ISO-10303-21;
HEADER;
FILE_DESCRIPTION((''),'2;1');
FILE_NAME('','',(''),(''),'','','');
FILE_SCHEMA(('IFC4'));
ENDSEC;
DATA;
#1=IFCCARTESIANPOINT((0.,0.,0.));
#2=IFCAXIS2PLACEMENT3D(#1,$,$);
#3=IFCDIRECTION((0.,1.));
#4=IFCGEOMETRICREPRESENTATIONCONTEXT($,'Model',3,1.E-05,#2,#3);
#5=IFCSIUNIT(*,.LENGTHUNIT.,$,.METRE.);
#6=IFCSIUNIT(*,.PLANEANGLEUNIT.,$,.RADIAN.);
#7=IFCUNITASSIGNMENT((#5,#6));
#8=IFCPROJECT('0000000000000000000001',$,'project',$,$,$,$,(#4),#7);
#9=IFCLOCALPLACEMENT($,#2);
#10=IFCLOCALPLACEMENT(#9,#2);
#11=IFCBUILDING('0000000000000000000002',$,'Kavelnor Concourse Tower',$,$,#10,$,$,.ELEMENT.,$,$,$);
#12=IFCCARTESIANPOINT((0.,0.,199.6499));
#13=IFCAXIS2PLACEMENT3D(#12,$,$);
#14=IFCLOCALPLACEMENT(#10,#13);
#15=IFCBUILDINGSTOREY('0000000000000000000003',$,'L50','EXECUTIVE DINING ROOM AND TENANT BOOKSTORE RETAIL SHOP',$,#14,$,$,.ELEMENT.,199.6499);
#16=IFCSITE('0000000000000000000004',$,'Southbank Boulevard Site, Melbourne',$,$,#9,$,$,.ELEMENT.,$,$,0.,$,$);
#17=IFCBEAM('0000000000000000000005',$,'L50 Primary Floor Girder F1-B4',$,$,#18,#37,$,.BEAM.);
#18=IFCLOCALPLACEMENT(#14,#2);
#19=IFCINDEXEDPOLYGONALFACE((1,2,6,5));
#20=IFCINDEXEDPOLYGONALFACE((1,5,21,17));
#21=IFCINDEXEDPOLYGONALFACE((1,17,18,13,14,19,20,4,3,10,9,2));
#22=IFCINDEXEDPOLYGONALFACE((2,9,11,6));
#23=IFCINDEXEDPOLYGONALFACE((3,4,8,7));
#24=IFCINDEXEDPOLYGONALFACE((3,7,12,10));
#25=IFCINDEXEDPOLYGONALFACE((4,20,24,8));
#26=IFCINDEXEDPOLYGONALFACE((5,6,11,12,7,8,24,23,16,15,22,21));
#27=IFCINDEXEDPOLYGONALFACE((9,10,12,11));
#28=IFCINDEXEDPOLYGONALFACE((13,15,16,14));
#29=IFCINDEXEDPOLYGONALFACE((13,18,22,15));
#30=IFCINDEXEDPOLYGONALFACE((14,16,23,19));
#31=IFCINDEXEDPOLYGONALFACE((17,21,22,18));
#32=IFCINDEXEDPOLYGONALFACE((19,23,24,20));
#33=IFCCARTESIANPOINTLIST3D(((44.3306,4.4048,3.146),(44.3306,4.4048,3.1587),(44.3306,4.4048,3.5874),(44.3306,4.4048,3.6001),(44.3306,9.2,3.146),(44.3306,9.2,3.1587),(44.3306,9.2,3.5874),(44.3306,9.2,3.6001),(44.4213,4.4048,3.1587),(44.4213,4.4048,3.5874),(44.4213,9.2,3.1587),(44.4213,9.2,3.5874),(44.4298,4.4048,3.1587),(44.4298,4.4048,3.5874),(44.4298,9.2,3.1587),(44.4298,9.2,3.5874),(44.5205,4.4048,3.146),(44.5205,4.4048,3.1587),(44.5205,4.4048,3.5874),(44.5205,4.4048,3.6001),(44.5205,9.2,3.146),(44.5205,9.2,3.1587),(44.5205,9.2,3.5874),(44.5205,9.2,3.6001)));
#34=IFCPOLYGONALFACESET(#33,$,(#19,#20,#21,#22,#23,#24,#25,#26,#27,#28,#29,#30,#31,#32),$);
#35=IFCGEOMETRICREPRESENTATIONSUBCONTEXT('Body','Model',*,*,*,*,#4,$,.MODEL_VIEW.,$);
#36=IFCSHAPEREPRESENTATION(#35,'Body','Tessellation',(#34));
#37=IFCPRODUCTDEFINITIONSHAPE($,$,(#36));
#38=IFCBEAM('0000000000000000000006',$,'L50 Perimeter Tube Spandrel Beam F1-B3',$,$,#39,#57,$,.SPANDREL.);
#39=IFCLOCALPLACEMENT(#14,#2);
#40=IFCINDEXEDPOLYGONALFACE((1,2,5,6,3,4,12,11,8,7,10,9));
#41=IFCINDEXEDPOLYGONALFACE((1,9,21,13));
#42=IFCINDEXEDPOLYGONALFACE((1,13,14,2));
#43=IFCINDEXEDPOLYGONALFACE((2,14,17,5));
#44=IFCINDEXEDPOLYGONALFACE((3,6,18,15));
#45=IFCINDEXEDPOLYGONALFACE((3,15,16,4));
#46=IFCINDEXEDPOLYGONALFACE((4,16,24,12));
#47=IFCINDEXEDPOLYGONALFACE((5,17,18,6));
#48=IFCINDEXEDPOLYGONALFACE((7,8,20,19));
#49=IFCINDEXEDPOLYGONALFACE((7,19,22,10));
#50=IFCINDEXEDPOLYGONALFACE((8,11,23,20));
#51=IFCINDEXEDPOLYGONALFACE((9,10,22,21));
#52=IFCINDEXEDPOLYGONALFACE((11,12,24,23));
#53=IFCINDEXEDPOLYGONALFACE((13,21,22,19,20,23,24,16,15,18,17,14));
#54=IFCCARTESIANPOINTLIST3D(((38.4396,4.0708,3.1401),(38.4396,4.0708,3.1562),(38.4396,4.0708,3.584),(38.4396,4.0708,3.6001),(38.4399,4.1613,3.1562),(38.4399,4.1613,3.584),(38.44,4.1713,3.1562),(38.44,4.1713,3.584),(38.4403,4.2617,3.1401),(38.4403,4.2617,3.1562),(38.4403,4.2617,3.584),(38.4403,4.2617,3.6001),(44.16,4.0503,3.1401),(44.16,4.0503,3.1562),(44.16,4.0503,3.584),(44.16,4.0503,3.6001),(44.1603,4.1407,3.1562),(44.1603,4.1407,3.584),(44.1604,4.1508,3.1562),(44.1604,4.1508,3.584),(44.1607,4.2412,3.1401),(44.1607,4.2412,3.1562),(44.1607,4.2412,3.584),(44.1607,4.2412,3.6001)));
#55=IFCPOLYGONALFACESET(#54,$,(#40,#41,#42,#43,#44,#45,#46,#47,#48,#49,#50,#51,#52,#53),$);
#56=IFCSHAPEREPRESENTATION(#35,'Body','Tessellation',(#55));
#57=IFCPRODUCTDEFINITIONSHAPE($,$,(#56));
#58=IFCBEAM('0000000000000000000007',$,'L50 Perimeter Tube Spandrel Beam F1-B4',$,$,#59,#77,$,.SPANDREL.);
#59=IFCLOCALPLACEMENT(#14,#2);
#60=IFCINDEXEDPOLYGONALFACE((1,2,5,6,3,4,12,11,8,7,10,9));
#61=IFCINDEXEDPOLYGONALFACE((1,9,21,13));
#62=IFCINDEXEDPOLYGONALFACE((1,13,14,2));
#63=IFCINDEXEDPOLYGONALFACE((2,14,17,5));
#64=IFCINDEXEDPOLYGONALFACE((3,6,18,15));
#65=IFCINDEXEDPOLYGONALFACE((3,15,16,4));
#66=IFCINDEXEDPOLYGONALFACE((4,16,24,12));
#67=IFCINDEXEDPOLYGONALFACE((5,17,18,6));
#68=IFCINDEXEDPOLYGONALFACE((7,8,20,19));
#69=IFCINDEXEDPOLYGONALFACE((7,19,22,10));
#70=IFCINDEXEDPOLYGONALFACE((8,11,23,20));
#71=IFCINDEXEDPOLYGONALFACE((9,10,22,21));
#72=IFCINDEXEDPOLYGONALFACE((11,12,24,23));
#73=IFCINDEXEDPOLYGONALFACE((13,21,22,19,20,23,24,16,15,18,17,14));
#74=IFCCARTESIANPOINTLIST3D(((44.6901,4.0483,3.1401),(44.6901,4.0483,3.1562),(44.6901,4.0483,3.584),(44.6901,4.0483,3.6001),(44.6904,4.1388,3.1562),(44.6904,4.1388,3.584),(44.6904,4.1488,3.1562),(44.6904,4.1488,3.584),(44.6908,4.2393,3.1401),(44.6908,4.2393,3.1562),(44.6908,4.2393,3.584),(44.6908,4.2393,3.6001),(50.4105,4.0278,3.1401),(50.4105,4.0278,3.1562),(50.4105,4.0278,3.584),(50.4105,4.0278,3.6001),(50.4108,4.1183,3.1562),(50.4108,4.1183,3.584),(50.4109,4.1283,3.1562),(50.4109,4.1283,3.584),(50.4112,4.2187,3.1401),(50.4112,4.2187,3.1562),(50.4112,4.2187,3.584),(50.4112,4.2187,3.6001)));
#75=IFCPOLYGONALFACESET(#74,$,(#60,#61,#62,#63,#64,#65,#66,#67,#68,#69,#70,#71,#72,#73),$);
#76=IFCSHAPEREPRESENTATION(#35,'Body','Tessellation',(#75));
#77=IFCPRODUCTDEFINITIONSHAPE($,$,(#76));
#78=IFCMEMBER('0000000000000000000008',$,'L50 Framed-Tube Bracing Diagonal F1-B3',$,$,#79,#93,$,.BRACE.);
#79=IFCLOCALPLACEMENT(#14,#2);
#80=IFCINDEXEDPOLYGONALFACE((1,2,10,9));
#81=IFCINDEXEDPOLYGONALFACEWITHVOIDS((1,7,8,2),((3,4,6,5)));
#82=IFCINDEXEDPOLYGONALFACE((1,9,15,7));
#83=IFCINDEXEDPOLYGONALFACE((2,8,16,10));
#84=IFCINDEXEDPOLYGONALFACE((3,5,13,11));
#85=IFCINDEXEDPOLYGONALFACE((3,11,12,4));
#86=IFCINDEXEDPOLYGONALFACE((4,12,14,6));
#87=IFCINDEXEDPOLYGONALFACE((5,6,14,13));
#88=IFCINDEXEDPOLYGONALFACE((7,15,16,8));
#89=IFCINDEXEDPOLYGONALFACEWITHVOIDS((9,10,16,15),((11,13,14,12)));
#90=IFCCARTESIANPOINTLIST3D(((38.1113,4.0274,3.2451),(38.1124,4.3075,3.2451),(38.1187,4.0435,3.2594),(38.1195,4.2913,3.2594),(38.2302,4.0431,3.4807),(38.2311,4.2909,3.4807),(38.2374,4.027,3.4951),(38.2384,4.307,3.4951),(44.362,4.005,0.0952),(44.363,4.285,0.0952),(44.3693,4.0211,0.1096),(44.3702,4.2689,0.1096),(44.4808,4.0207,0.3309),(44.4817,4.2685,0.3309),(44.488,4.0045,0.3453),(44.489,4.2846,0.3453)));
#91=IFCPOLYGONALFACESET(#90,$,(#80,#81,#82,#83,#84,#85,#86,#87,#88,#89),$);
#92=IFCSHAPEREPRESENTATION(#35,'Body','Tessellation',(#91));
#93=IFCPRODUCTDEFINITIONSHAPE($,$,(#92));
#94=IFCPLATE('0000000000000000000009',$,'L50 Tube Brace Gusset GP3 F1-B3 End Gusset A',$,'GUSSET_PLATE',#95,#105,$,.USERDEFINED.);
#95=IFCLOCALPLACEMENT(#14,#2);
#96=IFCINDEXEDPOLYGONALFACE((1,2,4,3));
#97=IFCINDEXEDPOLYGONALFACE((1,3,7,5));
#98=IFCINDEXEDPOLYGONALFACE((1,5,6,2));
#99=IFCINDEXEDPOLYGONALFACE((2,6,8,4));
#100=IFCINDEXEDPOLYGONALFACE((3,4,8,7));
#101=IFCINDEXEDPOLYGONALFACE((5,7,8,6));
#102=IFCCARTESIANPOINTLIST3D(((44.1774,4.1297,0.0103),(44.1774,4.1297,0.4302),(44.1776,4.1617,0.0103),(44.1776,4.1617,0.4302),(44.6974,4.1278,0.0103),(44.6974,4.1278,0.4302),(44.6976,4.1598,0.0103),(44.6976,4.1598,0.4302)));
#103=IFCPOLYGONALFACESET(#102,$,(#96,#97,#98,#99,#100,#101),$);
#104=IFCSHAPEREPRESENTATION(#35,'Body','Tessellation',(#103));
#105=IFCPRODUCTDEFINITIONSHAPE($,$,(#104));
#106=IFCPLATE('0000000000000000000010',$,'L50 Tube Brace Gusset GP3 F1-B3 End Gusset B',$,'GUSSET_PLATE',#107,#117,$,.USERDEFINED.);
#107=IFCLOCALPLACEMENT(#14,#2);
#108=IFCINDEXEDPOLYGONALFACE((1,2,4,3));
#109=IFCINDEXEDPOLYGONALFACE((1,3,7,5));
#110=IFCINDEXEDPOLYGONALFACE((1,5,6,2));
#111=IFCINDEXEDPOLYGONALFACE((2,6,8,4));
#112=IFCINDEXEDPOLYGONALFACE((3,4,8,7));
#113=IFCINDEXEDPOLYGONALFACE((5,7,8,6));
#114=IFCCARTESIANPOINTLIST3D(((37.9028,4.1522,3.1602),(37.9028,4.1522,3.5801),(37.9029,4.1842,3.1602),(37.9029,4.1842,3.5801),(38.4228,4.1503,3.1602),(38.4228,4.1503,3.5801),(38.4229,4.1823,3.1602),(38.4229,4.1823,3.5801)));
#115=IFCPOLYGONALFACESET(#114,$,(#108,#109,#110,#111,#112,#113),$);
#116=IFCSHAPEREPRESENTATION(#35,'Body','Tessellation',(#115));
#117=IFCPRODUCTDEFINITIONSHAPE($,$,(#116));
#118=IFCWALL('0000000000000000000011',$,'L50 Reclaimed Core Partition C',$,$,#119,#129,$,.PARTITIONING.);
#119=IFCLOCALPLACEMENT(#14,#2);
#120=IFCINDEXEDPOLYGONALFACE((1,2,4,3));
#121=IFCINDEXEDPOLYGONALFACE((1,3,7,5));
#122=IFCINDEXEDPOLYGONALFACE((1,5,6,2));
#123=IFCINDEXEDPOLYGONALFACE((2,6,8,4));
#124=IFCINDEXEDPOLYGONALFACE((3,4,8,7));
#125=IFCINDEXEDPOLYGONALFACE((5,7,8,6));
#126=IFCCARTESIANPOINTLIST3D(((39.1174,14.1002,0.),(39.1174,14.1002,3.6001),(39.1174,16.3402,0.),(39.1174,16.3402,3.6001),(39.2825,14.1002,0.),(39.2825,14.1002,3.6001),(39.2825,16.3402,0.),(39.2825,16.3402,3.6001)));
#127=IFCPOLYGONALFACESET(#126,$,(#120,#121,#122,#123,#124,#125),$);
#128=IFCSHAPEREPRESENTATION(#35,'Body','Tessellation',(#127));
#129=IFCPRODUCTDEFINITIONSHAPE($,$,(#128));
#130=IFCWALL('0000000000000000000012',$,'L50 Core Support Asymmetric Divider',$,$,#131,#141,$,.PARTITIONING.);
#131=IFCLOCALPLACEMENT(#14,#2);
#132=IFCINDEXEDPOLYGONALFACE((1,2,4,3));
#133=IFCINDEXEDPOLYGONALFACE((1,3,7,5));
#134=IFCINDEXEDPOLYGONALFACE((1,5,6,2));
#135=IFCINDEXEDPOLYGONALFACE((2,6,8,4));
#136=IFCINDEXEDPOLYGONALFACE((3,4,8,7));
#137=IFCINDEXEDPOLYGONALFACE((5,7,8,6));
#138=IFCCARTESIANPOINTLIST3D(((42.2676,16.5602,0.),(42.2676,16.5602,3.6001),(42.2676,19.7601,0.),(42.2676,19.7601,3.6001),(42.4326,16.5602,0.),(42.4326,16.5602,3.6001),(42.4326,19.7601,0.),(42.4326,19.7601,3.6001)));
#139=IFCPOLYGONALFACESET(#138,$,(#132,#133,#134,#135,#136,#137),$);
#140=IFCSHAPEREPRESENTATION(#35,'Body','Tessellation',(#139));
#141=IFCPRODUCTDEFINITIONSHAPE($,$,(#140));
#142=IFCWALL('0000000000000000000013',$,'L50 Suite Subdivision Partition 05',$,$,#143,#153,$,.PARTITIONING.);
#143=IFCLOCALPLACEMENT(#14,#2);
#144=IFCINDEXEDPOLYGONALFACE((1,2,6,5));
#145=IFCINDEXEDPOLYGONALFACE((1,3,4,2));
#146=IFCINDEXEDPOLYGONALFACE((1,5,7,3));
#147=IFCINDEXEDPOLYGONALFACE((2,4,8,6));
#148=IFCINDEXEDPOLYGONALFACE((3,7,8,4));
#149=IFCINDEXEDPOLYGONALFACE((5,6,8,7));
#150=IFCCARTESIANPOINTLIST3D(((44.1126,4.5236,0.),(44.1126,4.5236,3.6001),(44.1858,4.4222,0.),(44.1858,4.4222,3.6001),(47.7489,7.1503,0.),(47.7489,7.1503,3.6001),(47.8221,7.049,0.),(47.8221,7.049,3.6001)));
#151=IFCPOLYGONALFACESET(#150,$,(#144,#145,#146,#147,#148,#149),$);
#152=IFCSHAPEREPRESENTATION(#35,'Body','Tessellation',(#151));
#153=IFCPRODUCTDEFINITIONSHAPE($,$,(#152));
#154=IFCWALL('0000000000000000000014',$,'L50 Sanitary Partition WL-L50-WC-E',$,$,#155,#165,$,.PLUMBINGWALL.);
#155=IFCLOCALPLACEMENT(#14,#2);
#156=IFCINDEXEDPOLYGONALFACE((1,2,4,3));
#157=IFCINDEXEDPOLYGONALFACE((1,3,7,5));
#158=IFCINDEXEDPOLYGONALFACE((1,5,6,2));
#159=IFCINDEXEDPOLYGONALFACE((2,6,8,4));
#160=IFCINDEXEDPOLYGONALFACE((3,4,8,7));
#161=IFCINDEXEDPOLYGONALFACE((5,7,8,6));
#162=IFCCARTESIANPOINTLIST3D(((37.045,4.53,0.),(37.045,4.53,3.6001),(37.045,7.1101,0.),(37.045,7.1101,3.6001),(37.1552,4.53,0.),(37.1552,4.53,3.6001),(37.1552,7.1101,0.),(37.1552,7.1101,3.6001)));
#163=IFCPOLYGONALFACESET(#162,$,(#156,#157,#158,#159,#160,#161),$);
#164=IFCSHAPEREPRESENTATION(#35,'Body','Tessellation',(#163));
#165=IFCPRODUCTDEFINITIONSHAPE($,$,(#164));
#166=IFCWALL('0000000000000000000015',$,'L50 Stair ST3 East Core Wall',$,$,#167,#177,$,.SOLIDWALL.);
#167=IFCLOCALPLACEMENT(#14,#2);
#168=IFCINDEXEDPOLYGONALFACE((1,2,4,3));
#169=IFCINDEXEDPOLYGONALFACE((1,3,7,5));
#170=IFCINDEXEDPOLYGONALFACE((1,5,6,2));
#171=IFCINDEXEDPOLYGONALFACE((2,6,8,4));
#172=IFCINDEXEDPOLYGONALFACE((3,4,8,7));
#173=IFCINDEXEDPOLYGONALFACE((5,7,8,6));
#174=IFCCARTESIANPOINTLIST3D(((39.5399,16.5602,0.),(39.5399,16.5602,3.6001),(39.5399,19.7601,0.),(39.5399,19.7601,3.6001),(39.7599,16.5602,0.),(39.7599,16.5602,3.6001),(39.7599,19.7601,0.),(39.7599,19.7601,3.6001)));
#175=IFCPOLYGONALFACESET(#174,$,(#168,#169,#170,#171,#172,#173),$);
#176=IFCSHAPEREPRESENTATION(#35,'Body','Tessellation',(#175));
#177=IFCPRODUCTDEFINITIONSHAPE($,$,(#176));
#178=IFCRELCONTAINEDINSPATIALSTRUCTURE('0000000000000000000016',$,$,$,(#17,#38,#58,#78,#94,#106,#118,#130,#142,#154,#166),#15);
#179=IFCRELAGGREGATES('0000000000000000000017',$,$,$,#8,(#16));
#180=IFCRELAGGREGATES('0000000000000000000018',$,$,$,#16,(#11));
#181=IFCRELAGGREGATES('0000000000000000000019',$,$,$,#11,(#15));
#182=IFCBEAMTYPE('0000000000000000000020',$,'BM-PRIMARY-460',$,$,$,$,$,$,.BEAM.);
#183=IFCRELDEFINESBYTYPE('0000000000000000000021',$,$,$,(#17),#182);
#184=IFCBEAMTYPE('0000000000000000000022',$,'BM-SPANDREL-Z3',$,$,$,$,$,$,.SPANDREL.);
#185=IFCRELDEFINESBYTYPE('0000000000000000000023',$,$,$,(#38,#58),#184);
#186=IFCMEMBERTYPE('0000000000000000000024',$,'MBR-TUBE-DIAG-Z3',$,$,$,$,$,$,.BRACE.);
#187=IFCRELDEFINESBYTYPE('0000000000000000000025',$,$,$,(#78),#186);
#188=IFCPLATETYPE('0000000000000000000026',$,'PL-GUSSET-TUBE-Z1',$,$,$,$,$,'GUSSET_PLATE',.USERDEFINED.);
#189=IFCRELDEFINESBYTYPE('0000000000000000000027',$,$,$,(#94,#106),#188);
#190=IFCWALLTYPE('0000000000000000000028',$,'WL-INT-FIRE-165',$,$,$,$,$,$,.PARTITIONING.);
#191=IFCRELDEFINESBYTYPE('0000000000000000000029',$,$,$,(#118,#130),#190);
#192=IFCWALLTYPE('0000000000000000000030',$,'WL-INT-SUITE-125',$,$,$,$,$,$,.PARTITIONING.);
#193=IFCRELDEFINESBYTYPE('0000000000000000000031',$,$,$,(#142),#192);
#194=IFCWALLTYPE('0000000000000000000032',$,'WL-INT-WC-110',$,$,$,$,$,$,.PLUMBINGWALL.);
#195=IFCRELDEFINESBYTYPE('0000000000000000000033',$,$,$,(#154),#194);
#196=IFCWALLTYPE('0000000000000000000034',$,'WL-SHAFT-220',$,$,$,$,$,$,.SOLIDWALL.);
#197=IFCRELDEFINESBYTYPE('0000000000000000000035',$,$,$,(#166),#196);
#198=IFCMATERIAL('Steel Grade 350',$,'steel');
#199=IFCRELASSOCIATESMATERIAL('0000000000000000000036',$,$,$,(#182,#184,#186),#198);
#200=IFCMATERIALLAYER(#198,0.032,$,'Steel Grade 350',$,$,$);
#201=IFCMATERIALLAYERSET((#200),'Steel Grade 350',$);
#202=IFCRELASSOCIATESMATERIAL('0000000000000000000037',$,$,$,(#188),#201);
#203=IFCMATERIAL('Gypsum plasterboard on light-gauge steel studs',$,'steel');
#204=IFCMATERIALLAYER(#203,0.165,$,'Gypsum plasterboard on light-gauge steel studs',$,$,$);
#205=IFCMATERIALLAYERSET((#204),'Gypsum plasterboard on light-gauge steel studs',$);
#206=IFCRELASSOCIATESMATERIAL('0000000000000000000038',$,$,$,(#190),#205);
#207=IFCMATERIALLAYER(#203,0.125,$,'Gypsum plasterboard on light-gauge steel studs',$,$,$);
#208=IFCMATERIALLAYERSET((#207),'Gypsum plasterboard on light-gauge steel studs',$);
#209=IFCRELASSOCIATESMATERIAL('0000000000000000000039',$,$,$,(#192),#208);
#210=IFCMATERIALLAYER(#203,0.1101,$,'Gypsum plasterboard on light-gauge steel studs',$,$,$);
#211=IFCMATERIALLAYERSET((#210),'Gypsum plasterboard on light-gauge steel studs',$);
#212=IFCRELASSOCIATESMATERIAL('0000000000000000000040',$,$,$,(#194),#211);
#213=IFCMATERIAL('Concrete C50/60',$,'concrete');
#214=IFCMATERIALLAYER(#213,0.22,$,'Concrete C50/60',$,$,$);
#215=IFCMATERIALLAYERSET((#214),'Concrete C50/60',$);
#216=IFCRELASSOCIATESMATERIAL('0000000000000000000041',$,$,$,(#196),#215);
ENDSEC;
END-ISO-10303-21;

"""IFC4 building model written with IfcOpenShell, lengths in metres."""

from ifc_helpers import new_model, si_unit, direction, frame, frame_2d, origin, origin_2d, place, context, subcontext, project, spatial, rectangle, hollow_rectangle, i_section, extrude, material, layer, layer_set, material_profile, profile_set, type_object, element, save


model = new_model("IFC4")

# Units and contexts
model_context = context("Model", 3, precision=1e-05, world=origin(), true_north=direction((0.0, 1.0)))
body_context = subcontext(model_context, "Body", "Model", "MODEL_VIEW")
ifc_project = project(units=[si_unit("LENGTHUNIT", "METRE"), si_unit("PLANEANGLEUNIT", "RADIAN")], contexts=[model_context])

# Site, building, storey
site_placement = place(None, origin())
site = spatial("IfcSite", under=ifc_project, at=site_placement, Name="Southbank Boulevard Site, Melbourne", CompositionType="ELEMENT", RefElevation=0.0)
building_placement = place(site_placement, origin())
building = spatial("IfcBuilding", under=site, at=building_placement, Name="Kavelnor Concourse Tower", CompositionType="ELEMENT")
storey_placement = place(building_placement, frame((0.0, 0.0, 199.6499)))
storey = spatial("IfcBuildingStorey", under=building, at=storey_placement, Name="L50", Description="EXECUTIVE DINING ROOM AND TENANT BOOKSTORE RETAIL SHOP", CompositionType="ELEMENT", Elevation=199.6499)

# Shared definitions
ifc_material_1 = material(Name="Steel Grade 350", Category="steel")

# Beams
ifc_material_profile_1 = material_profile(ifc_material_1, i_section(OverallWidth=0.1899, OverallDepth=0.4541, WebThickness=0.0085, FlangeThickness=0.0127, at=origin_2d()), Name="460UB67")
ifc_profile_set_1 = profile_set([ifc_material_profile_1], Name="Steel Grade 350")
beam_type_1 = type_object("IfcBeamType", Name="BM-PRIMARY-460", PredefinedType="BEAM", material=ifc_profile_set_1)
beam_1_placement = place(storey_placement, frame((44.4255, 9.2, 3.373), z_axis=(0.0, -1.0, 0.0), x_axis=(1.0, 0.0, 0.0)))
element("IfcBeam", 1, at=beam_1_placement, inside=storey, type_object=beam_type_1, Name="L50 Primary Floor Girder F1-B4", PredefinedType="BEAM", context=body_context, shape_type="SweptSolid", body=[
    extrude(i_section(OverallWidth=0.1899, OverallDepth=0.4541, WebThickness=0.0085, FlangeThickness=0.0127, at=origin_2d()), origin(), (0.0, 0.0, 1.0), 4.7952),
])
ifc_material_profile_2 = material_profile(ifc_material_1, i_section(OverallWidth=0.1909, OverallDepth=0.46, WebThickness=0.01, FlangeThickness=0.0161, at=origin_2d()), Name="460UB82")
ifc_profile_set_2 = profile_set([ifc_material_profile_2], Name="Steel Grade 350")
beam_type_2 = type_object("IfcBeamType", Name="BM-SPANDREL-Z3", PredefinedType="SPANDREL", material=ifc_profile_set_2)
for number, where, z_axis, x_axis, name in (
    (2, (38.4399, 4.1663, 3.3701), (0.999994, -0.003585, 0.0), (0.003585, 0.999994, 0.0), "L50 Perimeter Tube Spandrel Beam F1-B3"),
    (3, (44.6904, 4.1438, 3.3701), (0.999994, -0.003585, 0.0), (0.003585, 0.999994, 0.0), "L50 Perimeter Tube Spandrel Beam F1-B4"),
):
    element("IfcBeam", number, at=place(storey_placement, frame(where, z_axis=z_axis, x_axis=x_axis)), inside=storey, type_object=beam_type_2, Name=name, PredefinedType="SPANDREL", context=body_context, shape_type="SweptSolid", body=[
        extrude(i_section(OverallWidth=0.1909, OverallDepth=0.46, WebThickness=0.01, FlangeThickness=0.0161, at=origin_2d()), origin(), (0.0, 0.0, 1.0), 5.7205),
    ])

# Member
ifc_material_profile_3 = material_profile(ifc_material_1, hollow_rectangle(XDim=0.28, YDim=0.28, WallThickness=0.0161, at=origin_2d()), Name="SHS 280x280x16")
ifc_profile_set_3 = profile_set([ifc_material_profile_3], Name="Steel Grade 350")
member_type = type_object("IfcMemberType", Name="MBR-TUBE-DIAG-Z3", PredefinedType="BRACE", material=ifc_profile_set_3)
member_placement = place(storey_placement, frame((44.4255, 4.1448, 0.2202), z_axis=(-0.893016, 0.003209, 0.450013), x_axis=(-0.003593, -0.999994, 0.0)))
element("IfcMember", 4, at=member_placement, inside=storey, type_object=member_type, Name="L50 Framed-Tube Bracing Diagonal F1-B3", PredefinedType="BRACE", context=body_context, shape_type="SweptSolid", body=[
    extrude(hollow_rectangle(XDim=0.28, YDim=0.28, WallThickness=0.0161, at=origin_2d()), origin(), (0.0, 0.0, 1.0), 6.9995),
])

# Plates
ifc_layer_1 = layer(ifc_material_1, 0.032, Name="Steel Grade 350")
ifc_layer_set_1 = layer_set([ifc_layer_1], Name="Steel Grade 350")
plate_type = type_object("IfcPlateType", Name="PL-GUSSET-TUBE-Z1", ElementType="GUSSET_PLATE", PredefinedType="USERDEFINED", material=ifc_layer_set_1)
for number, where, z_axis, x_axis, name in (
    (5, (44.4375, 4.1448, 0.0103), (0.0, 0.0, 1.0), (-0.999993, 0.003665, 0.0), "L50 Tube Brace Gusset GP3 F1-B3 End Gusset A"),
    (6, (38.1628, 4.1672, 3.1602), (0.0, 0.0, 1.0), (-0.999993, 0.003665, 0.0), "L50 Tube Brace Gusset GP3 F1-B3 End Gusset B"),
):
    element("IfcPlate", number, at=place(storey_placement, frame(where, z_axis=z_axis, x_axis=x_axis)), inside=storey, type_object=plate_type, Name=name, ObjectType="GUSSET_PLATE", PredefinedType="USERDEFINED", context=body_context, shape_type="SweptSolid", body=[
        extrude(rectangle(XDim=0.52, YDim=0.032, at=origin_2d()), origin(), (0.0, 0.0, 1.0), 0.4199),
    ])

# Walls
ifc_material_2 = material(Name="Gypsum plasterboard on light-gauge steel studs", Category="steel")
ifc_layer_2 = layer(ifc_material_2, 0.165, Name="Gypsum plasterboard on light-gauge steel studs")
ifc_layer_set_2 = layer_set([ifc_layer_2], Name="Gypsum plasterboard on light-gauge steel studs")
wall_type_1 = type_object("IfcWallType", Name="WL-INT-FIRE-165", PredefinedType="PARTITIONING", material=ifc_layer_set_2)
wall_1_placement = place(storey_placement, frame((39.2, 14.1001, 0.0), z_axis=(0.0, 0.0, 1.0), x_axis=(0.0, 1.0, 0.0)))
element("IfcWall", 7, at=wall_1_placement, inside=storey, type_object=wall_type_1, Name="L50 Reclaimed Core Partition C", PredefinedType="PARTITIONING", context=body_context, shape_type="SweptSolid", body=[
    extrude(rectangle(XDim=2.24, YDim=0.165, at=frame_2d((1.1201, 0.0))), origin(), (0.0, 0.0, 1.0), 3.6001),
])
wall_2_placement = place(storey_placement, frame((42.3501, 16.5601, 0.0), z_axis=(0.0, 0.0, 1.0), x_axis=(0.0, 1.0, 0.0)))
element("IfcWall", 8, at=wall_2_placement, inside=storey, type_object=wall_type_1, Name="L50 Core Support Asymmetric Divider", PredefinedType="PARTITIONING", context=body_context, shape_type="SweptSolid", body=[
    extrude(rectangle(XDim=3.2, YDim=0.165, at=frame_2d((1.6001, 0.0))), origin(), (0.0, 0.0, 1.0), 3.6001),
])
ifc_layer_3 = layer(ifc_material_2, 0.125, Name="Gypsum plasterboard on light-gauge steel studs")
ifc_layer_set_3 = layer_set([ifc_layer_3], Name="Gypsum plasterboard on light-gauge steel studs")
wall_type_2 = type_object("IfcWallType", Name="WL-INT-SUITE-125", PredefinedType="PARTITIONING", material=ifc_layer_set_3)
wall_3_placement = place(storey_placement, frame((44.1492, 4.4729, 0.0), z_axis=(0.0, 0.0, 1.0), x_axis=(0.810622, 0.58557, 0.0)))
element("IfcWall", 9, at=wall_3_placement, inside=storey, type_object=wall_type_2, Name="L50 Suite Subdivision Partition 05", PredefinedType="PARTITIONING", context=body_context, shape_type="SweptSolid", body=[
    extrude(rectangle(XDim=4.4858, YDim=0.125, at=frame_2d((2.2429, 0.0))), origin(), (0.0, 0.0, 1.0), 3.6001),
])
ifc_layer_4 = layer(ifc_material_2, 0.1101, Name="Gypsum plasterboard on light-gauge steel studs")
ifc_layer_set_4 = layer_set([ifc_layer_4], Name="Gypsum plasterboard on light-gauge steel studs")
wall_type_3 = type_object("IfcWallType", Name="WL-INT-WC-110", PredefinedType="PLUMBINGWALL", material=ifc_layer_set_4)
wall_4_placement = place(storey_placement, frame((37.1001, 4.53, 0.0), z_axis=(0.0, 0.0, 1.0), x_axis=(0.0, 1.0, 0.0)))
element("IfcWall", 10, at=wall_4_placement, inside=storey, type_object=wall_type_3, Name="L50 Sanitary Partition WL-L50-WC-E", PredefinedType="PLUMBINGWALL", context=body_context, shape_type="SweptSolid", body=[
    extrude(rectangle(XDim=2.5801, YDim=0.1101, at=frame_2d((1.29, 0.0))), origin(), (0.0, 0.0, 1.0), 3.6001),
])
ifc_material_3 = material(Name="Concrete C50/60", Category="concrete")
ifc_layer_5 = layer(ifc_material_3, 0.22, Name="Concrete C50/60")
ifc_layer_set_5 = layer_set([ifc_layer_5], Name="Concrete C50/60")
wall_type_4 = type_object("IfcWallType", Name="WL-SHAFT-220", PredefinedType="SOLIDWALL", material=ifc_layer_set_5)
wall_5_placement = place(storey_placement, frame((39.6499, 16.5601, 0.0), z_axis=(0.0, 0.0, 1.0), x_axis=(0.0, 1.0, 0.0)))
element("IfcWall", 11, at=wall_5_placement, inside=storey, type_object=wall_type_4, Name="L50 Stair ST3 East Core Wall", PredefinedType="SOLIDWALL", context=body_context, shape_type="SweptSolid", body=[
    extrude(rectangle(XDim=3.2, YDim=0.22, at=frame_2d((1.6001, 0.0))), origin(), (0.0, 0.0, 1.0), 3.6001),
])

save(model, "model.ifc")
